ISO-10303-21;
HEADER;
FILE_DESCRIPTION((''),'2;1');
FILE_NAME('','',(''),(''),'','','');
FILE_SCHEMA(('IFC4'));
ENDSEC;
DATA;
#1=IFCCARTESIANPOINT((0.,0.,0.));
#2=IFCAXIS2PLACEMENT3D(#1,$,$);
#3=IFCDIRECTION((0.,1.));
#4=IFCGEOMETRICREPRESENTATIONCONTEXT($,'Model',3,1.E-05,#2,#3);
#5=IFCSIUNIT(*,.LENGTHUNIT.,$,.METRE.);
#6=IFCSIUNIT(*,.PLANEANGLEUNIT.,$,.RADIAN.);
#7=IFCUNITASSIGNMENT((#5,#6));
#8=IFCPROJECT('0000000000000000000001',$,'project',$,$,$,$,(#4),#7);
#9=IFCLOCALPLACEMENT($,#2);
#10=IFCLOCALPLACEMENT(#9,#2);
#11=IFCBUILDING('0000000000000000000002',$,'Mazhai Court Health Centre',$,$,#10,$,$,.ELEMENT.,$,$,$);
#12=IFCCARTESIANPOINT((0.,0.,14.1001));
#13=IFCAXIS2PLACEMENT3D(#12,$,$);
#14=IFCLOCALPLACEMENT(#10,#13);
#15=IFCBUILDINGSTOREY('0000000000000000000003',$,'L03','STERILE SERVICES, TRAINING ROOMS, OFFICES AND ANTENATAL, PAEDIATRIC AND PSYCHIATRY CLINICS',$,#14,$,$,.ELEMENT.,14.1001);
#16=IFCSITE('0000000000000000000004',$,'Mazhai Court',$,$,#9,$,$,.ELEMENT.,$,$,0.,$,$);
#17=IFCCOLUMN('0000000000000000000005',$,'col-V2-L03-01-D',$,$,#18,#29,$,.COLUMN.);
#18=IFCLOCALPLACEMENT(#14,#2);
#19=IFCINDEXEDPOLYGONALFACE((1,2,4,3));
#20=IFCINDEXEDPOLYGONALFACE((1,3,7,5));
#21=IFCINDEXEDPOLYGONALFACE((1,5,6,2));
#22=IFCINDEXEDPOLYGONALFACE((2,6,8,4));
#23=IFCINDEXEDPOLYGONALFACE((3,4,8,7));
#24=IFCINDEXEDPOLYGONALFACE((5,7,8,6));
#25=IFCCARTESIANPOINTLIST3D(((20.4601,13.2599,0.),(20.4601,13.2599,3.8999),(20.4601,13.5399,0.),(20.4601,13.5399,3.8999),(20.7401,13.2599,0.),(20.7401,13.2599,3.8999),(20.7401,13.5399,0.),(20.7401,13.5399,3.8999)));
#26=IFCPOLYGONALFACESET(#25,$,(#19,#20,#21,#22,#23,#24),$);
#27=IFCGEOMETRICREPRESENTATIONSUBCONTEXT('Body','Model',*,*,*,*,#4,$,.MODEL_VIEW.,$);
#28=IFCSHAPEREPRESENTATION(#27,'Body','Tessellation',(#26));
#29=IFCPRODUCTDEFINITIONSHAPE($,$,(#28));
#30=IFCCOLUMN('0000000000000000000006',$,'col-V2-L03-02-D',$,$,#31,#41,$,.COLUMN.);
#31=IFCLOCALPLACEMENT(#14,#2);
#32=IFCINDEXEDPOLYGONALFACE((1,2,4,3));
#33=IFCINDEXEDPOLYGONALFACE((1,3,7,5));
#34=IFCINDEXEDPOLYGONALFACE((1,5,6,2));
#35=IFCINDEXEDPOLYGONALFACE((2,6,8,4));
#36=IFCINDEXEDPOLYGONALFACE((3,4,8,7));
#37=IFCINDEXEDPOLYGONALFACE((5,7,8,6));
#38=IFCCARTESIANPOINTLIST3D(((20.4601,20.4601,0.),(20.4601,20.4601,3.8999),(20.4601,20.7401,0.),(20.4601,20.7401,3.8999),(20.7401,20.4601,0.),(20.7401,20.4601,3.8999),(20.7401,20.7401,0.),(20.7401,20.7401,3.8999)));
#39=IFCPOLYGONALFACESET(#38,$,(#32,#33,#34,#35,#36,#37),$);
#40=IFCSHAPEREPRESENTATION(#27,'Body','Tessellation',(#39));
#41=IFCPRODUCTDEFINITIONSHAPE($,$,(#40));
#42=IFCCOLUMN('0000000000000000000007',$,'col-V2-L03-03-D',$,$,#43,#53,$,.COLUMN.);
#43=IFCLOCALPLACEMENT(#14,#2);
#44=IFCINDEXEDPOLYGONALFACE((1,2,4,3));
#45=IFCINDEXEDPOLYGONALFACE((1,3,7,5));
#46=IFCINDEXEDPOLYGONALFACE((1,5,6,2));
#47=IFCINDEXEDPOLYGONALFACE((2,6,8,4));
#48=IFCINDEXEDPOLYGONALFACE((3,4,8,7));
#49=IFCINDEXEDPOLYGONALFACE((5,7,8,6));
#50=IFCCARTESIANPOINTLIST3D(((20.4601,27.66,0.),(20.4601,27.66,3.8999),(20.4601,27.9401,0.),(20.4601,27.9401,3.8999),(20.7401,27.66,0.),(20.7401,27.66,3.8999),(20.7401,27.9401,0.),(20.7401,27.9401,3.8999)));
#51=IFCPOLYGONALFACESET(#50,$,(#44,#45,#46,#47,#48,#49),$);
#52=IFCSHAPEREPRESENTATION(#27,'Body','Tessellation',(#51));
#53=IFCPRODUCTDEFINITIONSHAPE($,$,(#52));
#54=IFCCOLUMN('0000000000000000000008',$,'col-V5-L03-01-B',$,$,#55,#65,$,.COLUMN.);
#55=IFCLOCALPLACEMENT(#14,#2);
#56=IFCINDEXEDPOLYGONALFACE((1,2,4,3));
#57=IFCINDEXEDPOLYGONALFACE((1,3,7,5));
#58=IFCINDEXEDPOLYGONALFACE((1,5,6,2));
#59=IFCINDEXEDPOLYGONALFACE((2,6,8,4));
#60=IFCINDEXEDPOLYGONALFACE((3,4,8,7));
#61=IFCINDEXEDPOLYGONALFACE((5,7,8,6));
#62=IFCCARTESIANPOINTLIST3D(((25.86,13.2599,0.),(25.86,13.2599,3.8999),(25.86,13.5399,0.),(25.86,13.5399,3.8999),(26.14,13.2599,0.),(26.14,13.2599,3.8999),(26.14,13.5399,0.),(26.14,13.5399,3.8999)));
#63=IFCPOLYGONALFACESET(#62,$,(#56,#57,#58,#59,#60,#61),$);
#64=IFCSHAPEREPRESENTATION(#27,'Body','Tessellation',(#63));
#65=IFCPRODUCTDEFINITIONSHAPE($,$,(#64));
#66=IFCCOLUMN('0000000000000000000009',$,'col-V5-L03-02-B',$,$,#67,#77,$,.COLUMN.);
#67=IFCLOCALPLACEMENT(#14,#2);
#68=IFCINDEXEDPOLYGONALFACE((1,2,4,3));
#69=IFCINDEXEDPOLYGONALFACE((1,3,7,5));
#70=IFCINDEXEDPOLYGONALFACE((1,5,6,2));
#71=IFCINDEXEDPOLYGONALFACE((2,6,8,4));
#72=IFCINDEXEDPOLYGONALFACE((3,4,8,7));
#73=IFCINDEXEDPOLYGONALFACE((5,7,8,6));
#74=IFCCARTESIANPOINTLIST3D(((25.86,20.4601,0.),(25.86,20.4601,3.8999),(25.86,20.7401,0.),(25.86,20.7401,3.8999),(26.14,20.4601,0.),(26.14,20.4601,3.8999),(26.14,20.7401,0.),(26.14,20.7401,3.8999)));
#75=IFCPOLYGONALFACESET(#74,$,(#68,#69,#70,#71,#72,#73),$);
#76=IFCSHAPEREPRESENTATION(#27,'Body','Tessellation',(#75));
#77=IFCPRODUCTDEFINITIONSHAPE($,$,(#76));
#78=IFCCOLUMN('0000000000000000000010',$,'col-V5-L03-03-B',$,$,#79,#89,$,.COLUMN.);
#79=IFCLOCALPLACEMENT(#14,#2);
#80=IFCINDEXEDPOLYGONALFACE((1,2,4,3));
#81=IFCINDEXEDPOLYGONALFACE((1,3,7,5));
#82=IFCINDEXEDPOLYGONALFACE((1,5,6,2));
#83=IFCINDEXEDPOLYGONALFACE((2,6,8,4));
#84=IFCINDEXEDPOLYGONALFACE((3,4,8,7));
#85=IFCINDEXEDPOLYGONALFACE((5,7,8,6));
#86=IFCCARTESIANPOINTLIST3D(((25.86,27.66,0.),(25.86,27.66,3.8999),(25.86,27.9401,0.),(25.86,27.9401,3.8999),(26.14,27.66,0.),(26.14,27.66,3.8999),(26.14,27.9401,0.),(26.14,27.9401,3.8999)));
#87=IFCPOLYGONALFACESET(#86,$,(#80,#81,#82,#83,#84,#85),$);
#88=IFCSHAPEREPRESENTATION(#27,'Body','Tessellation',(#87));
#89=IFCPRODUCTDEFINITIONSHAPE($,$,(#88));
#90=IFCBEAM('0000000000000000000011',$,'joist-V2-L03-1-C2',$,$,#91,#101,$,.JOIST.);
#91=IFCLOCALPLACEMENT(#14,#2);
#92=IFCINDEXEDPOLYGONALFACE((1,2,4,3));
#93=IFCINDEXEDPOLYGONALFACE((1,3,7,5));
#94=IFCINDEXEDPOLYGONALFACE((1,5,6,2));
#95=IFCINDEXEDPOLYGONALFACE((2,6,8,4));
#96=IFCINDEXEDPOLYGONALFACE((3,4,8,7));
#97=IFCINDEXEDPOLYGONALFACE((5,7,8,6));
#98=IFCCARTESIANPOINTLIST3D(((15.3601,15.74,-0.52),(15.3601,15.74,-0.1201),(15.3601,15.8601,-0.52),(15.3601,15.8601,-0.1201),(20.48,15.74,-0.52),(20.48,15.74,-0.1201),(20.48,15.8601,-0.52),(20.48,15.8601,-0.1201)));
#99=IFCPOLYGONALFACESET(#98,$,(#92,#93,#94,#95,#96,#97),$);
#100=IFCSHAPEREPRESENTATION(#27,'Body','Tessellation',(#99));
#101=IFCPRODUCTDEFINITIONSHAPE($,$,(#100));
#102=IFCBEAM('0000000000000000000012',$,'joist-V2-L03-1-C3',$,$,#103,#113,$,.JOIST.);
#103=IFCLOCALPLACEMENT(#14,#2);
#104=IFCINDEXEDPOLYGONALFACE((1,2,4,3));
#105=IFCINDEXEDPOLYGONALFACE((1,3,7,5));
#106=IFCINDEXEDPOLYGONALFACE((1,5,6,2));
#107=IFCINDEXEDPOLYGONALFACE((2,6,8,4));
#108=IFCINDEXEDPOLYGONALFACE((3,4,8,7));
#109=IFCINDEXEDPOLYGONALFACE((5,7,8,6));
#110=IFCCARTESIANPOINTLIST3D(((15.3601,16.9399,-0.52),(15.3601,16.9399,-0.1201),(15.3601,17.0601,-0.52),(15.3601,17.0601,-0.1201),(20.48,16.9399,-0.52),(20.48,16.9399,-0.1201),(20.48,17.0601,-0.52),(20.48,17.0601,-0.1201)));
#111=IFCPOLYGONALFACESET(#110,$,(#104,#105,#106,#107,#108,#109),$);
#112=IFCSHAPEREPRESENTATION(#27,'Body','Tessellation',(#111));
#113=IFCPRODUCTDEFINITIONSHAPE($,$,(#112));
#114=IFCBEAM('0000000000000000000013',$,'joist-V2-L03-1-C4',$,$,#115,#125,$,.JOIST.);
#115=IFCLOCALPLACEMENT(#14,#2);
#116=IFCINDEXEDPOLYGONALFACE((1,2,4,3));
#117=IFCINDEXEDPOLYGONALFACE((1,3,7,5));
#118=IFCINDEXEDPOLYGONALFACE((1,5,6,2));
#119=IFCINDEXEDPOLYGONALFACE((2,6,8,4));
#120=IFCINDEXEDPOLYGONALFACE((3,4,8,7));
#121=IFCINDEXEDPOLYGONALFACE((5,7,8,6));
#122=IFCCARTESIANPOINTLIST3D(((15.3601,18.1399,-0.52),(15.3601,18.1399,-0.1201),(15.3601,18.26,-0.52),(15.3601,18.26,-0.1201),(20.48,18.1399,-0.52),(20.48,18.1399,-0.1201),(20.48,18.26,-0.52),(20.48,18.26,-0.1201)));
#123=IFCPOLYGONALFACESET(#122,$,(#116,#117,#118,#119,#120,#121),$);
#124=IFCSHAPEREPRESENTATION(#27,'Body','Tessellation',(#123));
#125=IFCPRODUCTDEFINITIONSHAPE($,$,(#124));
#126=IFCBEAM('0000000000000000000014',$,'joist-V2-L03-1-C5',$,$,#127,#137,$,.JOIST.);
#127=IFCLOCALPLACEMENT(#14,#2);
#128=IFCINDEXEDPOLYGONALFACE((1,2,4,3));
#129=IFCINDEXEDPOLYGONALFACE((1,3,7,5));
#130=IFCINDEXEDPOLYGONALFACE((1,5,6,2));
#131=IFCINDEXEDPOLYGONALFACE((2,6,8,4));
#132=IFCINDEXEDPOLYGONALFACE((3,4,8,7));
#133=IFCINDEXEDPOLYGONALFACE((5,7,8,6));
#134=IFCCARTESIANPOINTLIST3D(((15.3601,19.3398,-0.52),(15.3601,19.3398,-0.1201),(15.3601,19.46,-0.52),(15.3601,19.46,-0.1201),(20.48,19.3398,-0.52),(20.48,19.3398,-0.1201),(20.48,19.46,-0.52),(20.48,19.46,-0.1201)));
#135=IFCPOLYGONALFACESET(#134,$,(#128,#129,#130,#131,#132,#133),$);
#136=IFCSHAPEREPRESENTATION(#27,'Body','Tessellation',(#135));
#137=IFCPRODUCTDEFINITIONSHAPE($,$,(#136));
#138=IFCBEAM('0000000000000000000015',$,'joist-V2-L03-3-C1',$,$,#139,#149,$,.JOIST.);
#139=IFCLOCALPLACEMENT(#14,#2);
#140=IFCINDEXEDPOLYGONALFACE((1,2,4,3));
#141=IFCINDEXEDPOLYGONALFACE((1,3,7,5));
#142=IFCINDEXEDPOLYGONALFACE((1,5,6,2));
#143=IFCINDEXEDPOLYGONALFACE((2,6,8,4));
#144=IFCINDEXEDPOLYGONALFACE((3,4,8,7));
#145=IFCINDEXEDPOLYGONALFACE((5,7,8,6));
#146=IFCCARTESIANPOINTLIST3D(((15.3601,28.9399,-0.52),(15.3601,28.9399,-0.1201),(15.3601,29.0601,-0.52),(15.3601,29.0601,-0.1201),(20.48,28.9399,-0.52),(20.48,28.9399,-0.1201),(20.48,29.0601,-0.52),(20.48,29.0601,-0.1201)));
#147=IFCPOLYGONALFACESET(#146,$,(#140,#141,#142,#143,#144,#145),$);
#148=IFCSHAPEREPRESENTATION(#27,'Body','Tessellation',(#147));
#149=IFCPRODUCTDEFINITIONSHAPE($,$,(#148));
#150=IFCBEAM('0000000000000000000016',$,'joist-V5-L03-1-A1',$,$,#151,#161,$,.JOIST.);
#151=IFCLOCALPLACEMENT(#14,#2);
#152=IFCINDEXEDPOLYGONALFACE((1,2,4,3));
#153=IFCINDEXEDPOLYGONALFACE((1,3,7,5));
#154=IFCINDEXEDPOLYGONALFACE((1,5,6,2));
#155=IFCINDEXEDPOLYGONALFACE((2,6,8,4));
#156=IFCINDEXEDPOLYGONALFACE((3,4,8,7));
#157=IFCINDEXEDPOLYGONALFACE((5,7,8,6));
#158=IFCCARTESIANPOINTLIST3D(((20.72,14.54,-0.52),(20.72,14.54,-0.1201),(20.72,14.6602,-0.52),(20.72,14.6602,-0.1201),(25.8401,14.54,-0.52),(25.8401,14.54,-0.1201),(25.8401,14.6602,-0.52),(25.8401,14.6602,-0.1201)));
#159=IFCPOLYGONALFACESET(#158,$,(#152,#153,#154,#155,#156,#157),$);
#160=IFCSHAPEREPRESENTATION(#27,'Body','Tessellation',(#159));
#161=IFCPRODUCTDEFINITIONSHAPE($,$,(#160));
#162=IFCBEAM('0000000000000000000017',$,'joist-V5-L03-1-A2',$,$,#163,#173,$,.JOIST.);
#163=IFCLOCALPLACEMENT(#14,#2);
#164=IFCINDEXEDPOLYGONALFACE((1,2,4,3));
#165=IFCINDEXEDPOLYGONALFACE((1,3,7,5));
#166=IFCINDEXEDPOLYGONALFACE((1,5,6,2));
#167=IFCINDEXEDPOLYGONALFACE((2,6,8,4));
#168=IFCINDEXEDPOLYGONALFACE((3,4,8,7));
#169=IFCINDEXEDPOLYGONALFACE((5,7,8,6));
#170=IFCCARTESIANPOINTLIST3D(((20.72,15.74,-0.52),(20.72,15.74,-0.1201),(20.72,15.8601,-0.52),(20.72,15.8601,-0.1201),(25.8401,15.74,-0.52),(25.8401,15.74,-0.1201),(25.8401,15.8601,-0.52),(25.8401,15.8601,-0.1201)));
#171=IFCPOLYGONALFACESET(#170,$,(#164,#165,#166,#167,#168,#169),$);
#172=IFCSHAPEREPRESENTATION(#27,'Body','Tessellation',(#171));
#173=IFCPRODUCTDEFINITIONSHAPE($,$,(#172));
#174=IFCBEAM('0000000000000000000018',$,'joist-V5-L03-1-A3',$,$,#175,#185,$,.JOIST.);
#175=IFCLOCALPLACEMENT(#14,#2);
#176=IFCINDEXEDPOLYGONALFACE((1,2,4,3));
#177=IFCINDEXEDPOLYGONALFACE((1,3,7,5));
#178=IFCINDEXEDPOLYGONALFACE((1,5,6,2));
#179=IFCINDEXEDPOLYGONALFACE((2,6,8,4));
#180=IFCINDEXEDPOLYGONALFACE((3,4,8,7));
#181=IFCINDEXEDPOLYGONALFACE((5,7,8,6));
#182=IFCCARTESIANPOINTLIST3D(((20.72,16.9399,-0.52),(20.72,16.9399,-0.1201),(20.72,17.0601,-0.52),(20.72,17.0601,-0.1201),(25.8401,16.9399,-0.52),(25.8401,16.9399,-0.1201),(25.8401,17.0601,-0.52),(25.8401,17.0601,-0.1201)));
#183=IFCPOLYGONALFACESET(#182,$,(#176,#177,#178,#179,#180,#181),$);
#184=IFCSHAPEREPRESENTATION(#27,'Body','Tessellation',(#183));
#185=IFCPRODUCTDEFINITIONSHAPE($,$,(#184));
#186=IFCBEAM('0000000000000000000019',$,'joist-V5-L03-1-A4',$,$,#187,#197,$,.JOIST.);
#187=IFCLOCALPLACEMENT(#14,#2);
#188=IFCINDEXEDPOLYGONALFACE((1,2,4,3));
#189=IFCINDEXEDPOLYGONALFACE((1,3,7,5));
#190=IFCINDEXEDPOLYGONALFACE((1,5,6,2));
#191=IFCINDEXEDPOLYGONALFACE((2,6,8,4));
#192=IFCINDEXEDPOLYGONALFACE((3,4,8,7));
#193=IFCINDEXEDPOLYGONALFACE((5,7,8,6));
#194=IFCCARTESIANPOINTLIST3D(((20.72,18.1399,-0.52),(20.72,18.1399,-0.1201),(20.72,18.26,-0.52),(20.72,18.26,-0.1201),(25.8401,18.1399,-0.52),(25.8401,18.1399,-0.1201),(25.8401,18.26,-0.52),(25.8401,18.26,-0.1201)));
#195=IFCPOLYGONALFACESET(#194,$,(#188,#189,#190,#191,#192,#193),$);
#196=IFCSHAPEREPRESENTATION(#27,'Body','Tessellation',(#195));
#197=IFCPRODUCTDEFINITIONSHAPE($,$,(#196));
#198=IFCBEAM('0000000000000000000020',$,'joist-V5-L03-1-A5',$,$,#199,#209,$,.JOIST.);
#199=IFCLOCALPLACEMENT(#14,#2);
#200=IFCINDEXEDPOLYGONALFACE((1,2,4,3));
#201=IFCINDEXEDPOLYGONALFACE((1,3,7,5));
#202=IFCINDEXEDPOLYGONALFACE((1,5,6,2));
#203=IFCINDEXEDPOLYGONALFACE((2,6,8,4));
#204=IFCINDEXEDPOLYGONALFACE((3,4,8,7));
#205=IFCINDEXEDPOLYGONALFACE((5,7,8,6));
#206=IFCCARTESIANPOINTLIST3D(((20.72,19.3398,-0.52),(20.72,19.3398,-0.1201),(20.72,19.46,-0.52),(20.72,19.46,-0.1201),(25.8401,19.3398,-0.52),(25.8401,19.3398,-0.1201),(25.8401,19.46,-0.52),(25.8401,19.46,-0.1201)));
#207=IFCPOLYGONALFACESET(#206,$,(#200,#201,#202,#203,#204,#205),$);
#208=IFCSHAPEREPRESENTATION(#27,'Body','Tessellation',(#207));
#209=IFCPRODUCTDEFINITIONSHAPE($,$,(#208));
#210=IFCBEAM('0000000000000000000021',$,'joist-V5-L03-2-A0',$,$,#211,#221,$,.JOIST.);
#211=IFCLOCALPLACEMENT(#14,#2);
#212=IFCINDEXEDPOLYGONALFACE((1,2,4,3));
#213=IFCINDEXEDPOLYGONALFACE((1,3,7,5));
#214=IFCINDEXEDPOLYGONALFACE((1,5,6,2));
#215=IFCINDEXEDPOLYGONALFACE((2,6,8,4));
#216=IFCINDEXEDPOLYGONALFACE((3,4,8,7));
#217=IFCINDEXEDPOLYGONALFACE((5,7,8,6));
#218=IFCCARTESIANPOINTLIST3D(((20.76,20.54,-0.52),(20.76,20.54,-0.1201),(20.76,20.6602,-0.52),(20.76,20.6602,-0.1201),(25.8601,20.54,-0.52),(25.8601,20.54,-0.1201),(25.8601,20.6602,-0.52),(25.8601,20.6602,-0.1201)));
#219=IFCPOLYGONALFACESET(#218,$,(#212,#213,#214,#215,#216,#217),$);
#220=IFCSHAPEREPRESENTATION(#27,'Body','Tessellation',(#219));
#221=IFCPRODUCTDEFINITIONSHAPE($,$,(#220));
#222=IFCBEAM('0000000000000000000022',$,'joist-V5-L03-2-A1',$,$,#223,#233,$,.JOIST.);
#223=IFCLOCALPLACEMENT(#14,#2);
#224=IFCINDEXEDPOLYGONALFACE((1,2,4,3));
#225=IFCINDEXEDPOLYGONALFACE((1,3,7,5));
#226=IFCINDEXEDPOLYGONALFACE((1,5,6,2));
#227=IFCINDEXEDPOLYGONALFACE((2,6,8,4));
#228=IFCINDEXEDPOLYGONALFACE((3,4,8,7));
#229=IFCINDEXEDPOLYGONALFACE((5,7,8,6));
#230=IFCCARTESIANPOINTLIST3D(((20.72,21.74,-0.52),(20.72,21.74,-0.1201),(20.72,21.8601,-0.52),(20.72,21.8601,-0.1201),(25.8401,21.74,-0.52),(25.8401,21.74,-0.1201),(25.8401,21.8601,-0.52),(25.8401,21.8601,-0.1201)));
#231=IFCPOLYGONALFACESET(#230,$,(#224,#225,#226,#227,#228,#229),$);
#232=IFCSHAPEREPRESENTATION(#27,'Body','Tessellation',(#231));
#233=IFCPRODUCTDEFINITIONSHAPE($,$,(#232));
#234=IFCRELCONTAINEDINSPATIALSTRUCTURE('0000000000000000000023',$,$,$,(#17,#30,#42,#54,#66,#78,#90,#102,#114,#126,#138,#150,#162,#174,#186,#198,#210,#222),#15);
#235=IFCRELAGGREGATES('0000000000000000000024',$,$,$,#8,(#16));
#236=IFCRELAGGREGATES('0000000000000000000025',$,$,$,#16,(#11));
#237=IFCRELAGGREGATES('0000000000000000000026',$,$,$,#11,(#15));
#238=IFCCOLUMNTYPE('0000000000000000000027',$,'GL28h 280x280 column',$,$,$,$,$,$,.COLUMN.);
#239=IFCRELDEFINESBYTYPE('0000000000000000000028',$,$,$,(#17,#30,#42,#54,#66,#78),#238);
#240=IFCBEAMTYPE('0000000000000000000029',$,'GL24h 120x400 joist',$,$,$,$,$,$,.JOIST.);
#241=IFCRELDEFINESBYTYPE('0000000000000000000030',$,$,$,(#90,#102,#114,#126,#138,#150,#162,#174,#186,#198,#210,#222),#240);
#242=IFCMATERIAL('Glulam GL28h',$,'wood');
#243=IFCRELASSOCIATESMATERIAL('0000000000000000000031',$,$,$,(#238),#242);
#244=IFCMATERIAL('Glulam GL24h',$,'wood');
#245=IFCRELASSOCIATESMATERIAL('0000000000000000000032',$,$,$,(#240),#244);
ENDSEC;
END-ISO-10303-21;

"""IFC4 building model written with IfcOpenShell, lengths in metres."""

from ifc_helpers import new_model, si_unit, direction, frame, origin, origin_2d, place, context, subcontext, project, spatial, rectangle, extrude, material, material_profile, profile_set, type_object, element, save


model = new_model("IFC4")

# Units and contexts
model_context = context("Model", 3, precision=1e-05, world=origin(), true_north=direction((0.0, 1.0)))
body_context = subcontext(model_context, "Body", "Model", "MODEL_VIEW")
ifc_project = project(units=[si_unit("LENGTHUNIT", "METRE"), si_unit("PLANEANGLEUNIT", "RADIAN")], contexts=[model_context])

# Site, building, storey
site_placement = place(None, origin())
site = spatial("IfcSite", under=ifc_project, at=site_placement, Name="Mazhai Court", CompositionType="ELEMENT", RefElevation=0.0)
building_placement = place(site_placement, origin())
building = spatial("IfcBuilding", under=site, at=building_placement, Name="Mazhai Court Health Centre", CompositionType="ELEMENT")
storey_placement = place(building_placement, frame((0.0, 0.0, 14.1001)))
storey = spatial("IfcBuildingStorey", under=building, at=storey_placement, Name="L03", Description="STERILE SERVICES, TRAINING ROOMS, OFFICES AND ANTENATAL, PAEDIATRIC AND PSYCHIATRY CLINICS", CompositionType="ELEMENT", Elevation=14.1001)

# Columns
ifc_material_1 = material(Name="Glulam GL28h", Category="wood")
ifc_material_profile_1 = material_profile(ifc_material_1, rectangle(XDim=0.28, YDim=0.28, at=origin_2d()), Name="GL28h 280x280")
ifc_profile_set_1 = profile_set([ifc_material_profile_1], Name="Glulam GL28h")
column_type = type_object("IfcColumnType", Name="GL28h 280x280 column", PredefinedType="COLUMN", material=ifc_profile_set_1)
for number, where, z_axis, x_axis, name in (
    (1, (20.6001, 13.3999, 0.0), (0.0, 0.0, 1.0), (1.0, 0.0, 0.0), "col-V2-L03-01-D"),
    (2, (20.6001, 20.6001, 0.0), (0.0, 0.0, 1.0), (1.0, 0.0, 0.0), "col-V2-L03-02-D"),
    (3, (20.6001, 27.8, 0.0), (0.0, 0.0, 1.0), (1.0, 0.0, 0.0), "col-V2-L03-03-D"),
    (4, (26.0, 13.3999, 0.0), (0.0, 0.0, 1.0), (1.0, 0.0, 0.0), "col-V5-L03-01-B"),
    (5, (26.0, 20.6001, 0.0), (0.0, 0.0, 1.0), (1.0, 0.0, 0.0), "col-V5-L03-02-B"),
    (6, (26.0, 27.8, 0.0), (0.0, 0.0, 1.0), (1.0, 0.0, 0.0), "col-V5-L03-03-B"),
):
    element("IfcColumn", number, at=place(storey_placement, frame(where, z_axis=z_axis, x_axis=x_axis)), inside=storey, type_object=column_type, Name=name, PredefinedType="COLUMN", context=body_context, shape_type="SweptSolid", body=[
        extrude(rectangle(XDim=0.28, YDim=0.28, at=origin_2d()), origin(), (0.0, 0.0, 1.0), 3.8999),
    ])

# Beams
ifc_material_2 = material(Name="Glulam GL24h", Category="wood")
ifc_material_profile_2 = material_profile(ifc_material_2, rectangle(XDim=0.1201, YDim=0.3999, at=origin_2d()), Name="GL24h 120x400")
ifc_profile_set_2 = profile_set([ifc_material_profile_2], Name="Glulam GL24h")
beam_type_1 = type_object("IfcBeamType", Name="GL24h 120x400 joist", PredefinedType="JOIST", material=ifc_profile_set_2)
for number, where, z_axis, x_axis, name in (
    (7, (15.3601, 15.8, -0.3201), (1.0, 0.0, 0.0), (0.0, 1.0, 0.0), "joist-V2-L03-1-C2"),
    (8, (15.3601, 17.0, -0.3201), (1.0, 0.0, 0.0), (0.0, 1.0, 0.0), "joist-V2-L03-1-C3"),
    (9, (15.3601, 18.2, -0.3201), (1.0, 0.0, 0.0), (0.0, 1.0, 0.0), "joist-V2-L03-1-C4"),
    (10, (15.3601, 19.3999, -0.3201), (1.0, 0.0, 0.0), (0.0, 1.0, 0.0), "joist-V2-L03-1-C5"),
    (11, (15.3601, 29.0, -0.3201), (1.0, 0.0, 0.0), (0.0, 1.0, 0.0), "joist-V2-L03-3-C1"),
):
    element("IfcBeam", number, at=place(storey_placement, frame(where, z_axis=z_axis, x_axis=x_axis)), inside=storey, type_object=beam_type_1, Name=name, PredefinedType="JOIST", context=body_context, shape_type="SweptSolid", body=[
        extrude(rectangle(XDim=0.1201, YDim=0.3999, at=origin_2d()), origin(), (0.0, 0.0, 1.0), 5.1199),
    ])
for number, where, z_axis, x_axis, name in (
    (12, (20.72, 14.6001, -0.3201), (1.0, 0.0, 0.0), (0.0, 1.0, 0.0), "joist-V5-L03-1-A1"),
    (13, (20.72, 15.8, -0.3201), (1.0, 0.0, 0.0), (0.0, 1.0, 0.0), "joist-V5-L03-1-A2"),
    (14, (20.72, 17.0, -0.3201), (1.0, 0.0, 0.0), (0.0, 1.0, 0.0), "joist-V5-L03-1-A3"),
    (15, (20.72, 18.2, -0.3201), (1.0, 0.0, 0.0), (0.0, 1.0, 0.0), "joist-V5-L03-1-A4"),
    (16, (20.72, 19.3999, -0.3201), (1.0, 0.0, 0.0), (0.0, 1.0, 0.0), "joist-V5-L03-1-A5"),
):
    element("IfcBeam", number, at=place(storey_placement, frame(where, z_axis=z_axis, x_axis=x_axis)), inside=storey, type_object=beam_type_1, Name=name, PredefinedType="JOIST", context=body_context, shape_type="SweptSolid", body=[
        extrude(rectangle(XDim=0.1201, YDim=0.3999, at=origin_2d()), origin(), (0.0, 0.0, 1.0), 5.1201),
    ])
beam_1_placement = place(storey_placement, frame((20.76, 20.6001, -0.3201), z_axis=(1.0, 0.0, 0.0), x_axis=(0.0, 1.0, 0.0)))
element("IfcBeam", 17, at=beam_1_placement, inside=storey, type_object=beam_type_1, Name="joist-V5-L03-2-A0", PredefinedType="JOIST", context=body_context, shape_type="SweptSolid", body=[
    extrude(rectangle(XDim=0.1201, YDim=0.3999, at=origin_2d()), origin(), (0.0, 0.0, 1.0), 5.1001),
])
for number, where, z_axis, x_axis, name in (
    (18, (20.72, 21.8, -0.3201), (1.0, 0.0, 0.0), (0.0, 1.0, 0.0), "joist-V5-L03-2-A1"),
):
    element("IfcBeam", number, at=place(storey_placement, frame(where, z_axis=z_axis, x_axis=x_axis)), inside=storey, type_object=beam_type_1, Name=name, PredefinedType="JOIST", context=body_context, shape_type="SweptSolid", body=[
        extrude(rectangle(XDim=0.1201, YDim=0.3999, at=origin_2d()), origin(), (0.0, 0.0, 1.0), 5.1201),
    ])

save(model, "model.ifc")
